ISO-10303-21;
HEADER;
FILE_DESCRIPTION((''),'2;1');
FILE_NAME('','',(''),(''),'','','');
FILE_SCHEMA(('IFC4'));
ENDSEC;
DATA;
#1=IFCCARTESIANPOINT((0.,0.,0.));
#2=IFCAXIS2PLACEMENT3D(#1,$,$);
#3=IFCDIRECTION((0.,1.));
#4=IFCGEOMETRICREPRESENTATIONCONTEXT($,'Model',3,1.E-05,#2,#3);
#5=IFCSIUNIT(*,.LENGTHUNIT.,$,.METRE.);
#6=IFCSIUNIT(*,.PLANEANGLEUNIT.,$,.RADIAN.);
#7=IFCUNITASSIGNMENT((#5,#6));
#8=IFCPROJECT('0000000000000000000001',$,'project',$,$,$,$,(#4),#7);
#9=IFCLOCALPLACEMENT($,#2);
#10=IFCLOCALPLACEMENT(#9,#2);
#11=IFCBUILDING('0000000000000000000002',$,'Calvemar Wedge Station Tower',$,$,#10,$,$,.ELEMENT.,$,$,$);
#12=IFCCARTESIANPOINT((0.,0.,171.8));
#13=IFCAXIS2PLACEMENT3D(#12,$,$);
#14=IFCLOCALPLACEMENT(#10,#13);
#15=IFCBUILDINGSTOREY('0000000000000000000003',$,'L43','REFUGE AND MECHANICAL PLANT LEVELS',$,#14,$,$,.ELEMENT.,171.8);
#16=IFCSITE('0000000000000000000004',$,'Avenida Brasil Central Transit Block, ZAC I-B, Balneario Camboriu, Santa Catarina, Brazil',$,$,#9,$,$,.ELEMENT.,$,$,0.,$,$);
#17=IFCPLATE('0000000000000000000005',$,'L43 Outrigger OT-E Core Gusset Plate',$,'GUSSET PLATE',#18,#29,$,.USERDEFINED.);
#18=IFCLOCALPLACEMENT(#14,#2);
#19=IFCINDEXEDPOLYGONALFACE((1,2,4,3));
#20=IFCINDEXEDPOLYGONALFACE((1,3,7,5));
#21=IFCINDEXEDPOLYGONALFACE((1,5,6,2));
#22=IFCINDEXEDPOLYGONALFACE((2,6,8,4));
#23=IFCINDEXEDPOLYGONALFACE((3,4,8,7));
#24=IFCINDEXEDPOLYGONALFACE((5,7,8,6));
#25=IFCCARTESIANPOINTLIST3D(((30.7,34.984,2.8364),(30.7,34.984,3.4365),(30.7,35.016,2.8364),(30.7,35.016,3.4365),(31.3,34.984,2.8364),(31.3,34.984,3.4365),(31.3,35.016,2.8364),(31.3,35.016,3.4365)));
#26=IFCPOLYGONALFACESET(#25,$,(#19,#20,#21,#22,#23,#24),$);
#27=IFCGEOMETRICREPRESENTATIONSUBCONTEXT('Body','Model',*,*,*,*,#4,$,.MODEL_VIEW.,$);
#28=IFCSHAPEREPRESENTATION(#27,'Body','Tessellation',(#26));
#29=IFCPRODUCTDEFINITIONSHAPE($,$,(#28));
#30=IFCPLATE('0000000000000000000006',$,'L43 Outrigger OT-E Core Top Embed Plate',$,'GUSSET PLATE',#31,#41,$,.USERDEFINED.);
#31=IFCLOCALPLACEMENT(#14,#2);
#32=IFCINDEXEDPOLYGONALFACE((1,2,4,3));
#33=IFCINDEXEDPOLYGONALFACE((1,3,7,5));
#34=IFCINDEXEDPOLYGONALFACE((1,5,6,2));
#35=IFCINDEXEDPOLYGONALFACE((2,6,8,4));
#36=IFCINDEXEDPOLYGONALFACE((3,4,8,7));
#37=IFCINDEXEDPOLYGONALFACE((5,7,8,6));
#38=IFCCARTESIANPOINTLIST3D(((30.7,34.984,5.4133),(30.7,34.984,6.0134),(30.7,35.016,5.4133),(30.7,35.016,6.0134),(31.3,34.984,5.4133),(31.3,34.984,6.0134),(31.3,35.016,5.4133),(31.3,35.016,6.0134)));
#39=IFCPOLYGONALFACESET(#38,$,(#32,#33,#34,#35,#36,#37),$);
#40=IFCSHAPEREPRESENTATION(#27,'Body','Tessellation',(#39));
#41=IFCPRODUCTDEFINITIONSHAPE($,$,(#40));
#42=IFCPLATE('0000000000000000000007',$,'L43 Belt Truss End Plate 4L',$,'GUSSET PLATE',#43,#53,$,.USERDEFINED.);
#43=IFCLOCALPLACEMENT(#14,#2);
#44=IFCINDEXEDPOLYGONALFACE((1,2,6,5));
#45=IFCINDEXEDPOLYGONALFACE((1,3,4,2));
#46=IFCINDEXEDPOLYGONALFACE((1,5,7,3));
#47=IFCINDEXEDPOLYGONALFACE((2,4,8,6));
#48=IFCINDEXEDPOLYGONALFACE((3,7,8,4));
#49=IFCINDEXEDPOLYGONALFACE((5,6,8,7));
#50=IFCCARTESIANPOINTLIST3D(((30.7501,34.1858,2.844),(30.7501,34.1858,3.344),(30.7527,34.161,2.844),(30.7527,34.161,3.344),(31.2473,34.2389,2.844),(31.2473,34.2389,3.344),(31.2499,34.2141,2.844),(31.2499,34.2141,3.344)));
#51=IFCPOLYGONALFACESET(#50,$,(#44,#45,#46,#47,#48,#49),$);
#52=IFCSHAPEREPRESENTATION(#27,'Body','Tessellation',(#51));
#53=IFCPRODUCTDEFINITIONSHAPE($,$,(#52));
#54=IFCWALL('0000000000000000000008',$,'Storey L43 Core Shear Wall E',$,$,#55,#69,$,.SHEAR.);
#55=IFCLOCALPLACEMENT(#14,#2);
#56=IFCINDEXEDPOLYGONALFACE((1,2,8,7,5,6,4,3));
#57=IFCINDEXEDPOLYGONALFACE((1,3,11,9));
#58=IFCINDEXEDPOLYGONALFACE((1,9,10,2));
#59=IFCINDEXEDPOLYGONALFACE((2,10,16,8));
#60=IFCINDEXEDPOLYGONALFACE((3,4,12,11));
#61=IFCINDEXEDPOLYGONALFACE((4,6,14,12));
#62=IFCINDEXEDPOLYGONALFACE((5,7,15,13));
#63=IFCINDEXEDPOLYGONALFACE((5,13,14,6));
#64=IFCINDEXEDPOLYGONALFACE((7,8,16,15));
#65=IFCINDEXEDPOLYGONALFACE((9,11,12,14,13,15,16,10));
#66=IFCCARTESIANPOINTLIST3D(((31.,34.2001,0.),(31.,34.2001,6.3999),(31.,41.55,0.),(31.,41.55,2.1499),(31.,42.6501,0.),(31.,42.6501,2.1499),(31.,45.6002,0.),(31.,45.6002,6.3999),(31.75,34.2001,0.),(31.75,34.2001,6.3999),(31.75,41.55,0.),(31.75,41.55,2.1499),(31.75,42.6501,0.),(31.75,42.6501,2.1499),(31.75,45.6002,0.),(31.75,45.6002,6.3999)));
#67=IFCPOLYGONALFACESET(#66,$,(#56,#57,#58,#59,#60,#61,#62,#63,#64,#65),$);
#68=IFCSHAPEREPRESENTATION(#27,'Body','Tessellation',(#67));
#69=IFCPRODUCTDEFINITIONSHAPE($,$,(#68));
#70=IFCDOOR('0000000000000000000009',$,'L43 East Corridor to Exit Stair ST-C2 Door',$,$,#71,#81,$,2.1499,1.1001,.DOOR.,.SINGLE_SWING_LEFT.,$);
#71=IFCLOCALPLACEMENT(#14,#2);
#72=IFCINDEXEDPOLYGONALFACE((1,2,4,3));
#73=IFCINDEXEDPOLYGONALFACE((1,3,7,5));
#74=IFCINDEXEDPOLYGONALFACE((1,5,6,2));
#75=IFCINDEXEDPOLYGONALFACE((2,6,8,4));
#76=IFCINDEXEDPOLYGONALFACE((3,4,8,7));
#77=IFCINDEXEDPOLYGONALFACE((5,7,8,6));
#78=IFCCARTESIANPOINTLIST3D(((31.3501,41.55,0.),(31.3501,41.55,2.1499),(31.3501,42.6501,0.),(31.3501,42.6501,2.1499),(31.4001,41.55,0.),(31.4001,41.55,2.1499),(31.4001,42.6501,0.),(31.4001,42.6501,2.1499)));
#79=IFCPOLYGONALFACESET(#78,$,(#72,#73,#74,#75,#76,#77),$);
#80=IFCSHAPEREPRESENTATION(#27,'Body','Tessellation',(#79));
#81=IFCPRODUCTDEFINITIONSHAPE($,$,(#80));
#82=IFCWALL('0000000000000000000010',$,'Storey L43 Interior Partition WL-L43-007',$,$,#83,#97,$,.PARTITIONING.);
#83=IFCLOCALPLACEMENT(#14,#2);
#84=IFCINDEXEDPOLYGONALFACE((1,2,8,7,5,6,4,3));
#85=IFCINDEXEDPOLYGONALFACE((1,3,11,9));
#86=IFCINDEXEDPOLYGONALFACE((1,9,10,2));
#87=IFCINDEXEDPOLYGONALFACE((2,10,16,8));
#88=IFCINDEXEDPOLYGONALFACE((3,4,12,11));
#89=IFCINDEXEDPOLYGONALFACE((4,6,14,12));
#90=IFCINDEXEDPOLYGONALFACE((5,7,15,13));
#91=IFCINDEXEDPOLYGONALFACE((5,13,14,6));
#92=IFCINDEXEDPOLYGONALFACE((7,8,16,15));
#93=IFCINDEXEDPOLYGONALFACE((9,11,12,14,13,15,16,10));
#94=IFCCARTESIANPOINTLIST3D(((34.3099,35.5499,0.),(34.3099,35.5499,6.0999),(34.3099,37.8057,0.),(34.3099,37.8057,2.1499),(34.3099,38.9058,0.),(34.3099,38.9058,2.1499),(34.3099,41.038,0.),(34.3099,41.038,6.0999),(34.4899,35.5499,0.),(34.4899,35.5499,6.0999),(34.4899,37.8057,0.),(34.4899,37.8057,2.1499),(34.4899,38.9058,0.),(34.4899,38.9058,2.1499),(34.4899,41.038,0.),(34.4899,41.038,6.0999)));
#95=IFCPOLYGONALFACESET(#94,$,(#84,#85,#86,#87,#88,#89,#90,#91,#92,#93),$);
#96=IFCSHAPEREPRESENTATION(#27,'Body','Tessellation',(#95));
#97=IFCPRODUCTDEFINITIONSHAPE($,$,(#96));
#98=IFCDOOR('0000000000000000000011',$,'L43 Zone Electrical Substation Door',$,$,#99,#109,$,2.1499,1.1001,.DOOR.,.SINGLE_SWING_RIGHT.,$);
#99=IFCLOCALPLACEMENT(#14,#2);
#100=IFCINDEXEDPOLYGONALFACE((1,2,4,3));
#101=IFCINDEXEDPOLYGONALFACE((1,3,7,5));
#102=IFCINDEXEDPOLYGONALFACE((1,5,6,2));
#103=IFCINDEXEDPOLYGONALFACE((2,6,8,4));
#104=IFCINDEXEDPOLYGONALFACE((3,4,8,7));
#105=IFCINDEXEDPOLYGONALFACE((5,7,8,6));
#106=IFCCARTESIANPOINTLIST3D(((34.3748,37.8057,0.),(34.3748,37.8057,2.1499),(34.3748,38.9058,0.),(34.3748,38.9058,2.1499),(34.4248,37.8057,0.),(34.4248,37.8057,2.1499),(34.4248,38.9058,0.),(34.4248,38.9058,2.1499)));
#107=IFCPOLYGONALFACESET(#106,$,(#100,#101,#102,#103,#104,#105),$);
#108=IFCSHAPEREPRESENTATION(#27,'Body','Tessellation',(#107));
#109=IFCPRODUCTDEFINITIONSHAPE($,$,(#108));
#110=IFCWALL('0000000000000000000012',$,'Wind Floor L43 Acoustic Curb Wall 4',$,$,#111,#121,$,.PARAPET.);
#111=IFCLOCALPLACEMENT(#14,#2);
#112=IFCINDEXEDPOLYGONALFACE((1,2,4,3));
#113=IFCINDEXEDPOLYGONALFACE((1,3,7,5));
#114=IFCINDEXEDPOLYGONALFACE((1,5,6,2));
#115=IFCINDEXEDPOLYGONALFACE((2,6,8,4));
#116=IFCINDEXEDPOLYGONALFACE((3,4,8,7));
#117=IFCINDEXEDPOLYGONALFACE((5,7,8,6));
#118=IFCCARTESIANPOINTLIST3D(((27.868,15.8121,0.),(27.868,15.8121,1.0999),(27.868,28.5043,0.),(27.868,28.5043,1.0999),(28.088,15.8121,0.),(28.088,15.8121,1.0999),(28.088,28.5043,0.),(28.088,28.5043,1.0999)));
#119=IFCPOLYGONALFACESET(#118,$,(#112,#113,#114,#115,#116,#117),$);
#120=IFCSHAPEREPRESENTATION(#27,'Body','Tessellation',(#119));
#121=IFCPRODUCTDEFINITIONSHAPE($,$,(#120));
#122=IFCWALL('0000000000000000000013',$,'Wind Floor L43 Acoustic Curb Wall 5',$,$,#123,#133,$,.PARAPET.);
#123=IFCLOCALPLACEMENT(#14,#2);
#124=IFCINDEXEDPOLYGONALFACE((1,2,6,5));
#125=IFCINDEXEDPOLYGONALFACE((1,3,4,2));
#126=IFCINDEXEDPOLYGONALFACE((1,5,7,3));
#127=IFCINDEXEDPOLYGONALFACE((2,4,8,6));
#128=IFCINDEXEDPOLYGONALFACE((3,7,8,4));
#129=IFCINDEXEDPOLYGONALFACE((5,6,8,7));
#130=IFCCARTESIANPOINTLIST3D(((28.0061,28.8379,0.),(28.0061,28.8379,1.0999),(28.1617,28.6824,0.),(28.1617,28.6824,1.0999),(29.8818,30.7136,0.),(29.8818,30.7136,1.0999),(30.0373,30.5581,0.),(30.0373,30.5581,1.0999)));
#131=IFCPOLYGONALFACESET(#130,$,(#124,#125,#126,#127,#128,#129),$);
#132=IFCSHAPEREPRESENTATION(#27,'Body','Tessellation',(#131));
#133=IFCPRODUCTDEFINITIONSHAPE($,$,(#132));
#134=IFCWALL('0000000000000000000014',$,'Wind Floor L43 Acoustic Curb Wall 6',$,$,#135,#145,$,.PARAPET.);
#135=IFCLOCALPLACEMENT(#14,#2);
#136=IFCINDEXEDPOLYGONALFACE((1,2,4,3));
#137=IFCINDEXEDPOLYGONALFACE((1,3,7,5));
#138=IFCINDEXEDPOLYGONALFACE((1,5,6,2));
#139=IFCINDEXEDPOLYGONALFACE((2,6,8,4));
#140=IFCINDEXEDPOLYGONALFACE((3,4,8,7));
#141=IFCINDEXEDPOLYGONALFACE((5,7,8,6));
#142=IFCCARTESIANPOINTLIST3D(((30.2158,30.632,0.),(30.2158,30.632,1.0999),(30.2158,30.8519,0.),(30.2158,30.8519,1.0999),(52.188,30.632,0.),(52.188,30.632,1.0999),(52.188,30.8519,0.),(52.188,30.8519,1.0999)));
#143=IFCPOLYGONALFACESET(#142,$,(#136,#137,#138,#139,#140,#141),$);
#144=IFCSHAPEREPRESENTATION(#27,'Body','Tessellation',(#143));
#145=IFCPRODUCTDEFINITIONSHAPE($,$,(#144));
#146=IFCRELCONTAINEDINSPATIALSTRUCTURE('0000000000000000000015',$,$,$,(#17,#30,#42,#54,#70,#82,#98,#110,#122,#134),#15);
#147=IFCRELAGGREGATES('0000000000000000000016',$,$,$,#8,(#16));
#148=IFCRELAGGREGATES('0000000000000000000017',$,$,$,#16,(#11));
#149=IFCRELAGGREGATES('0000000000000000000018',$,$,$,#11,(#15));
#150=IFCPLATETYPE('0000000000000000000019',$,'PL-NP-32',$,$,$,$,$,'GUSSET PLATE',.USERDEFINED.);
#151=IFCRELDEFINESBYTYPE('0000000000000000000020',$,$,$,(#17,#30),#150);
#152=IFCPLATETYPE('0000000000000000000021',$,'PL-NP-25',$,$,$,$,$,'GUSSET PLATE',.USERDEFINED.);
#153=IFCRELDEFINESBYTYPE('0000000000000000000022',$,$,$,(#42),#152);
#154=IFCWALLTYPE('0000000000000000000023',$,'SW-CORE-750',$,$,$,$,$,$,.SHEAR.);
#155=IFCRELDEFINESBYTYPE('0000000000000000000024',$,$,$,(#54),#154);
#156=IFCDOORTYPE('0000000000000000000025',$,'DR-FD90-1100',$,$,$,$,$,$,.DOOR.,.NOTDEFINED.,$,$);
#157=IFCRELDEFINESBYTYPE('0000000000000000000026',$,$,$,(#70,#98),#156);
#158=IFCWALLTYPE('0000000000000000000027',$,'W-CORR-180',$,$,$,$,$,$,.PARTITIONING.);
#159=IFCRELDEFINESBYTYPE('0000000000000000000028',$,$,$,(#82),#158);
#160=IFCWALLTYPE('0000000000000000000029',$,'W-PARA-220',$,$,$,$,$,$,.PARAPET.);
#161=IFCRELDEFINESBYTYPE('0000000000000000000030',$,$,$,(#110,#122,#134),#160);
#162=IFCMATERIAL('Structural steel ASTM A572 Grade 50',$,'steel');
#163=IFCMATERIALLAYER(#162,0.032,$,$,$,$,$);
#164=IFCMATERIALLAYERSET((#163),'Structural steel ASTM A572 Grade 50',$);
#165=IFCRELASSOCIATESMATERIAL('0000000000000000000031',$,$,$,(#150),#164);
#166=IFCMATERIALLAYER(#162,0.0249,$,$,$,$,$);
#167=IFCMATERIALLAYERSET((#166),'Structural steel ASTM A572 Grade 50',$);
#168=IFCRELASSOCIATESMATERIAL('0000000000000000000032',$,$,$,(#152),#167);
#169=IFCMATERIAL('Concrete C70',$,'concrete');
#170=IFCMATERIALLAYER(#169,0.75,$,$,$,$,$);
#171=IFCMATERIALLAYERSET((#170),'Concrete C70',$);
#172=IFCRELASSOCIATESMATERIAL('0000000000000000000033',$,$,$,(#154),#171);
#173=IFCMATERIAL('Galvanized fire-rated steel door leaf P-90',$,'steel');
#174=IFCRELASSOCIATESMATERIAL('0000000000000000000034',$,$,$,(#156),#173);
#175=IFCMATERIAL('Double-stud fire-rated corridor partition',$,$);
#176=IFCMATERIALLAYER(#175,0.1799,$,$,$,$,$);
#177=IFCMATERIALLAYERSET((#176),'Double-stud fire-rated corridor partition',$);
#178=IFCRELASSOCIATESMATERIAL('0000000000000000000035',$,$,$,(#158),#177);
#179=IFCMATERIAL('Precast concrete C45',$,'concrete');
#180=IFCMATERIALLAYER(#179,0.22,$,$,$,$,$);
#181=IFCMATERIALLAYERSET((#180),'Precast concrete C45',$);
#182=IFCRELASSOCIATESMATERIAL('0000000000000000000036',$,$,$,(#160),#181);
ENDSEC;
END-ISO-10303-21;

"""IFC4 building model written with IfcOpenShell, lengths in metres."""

from ifc_helpers import new_model, si_unit, direction, frame, frame_2d, origin, origin_2d, place, context, subcontext, project, spatial, rectangle, extrude, source, transform, mapped, material, layer, layer_set, type_object, element, fill, save


model = new_model("IFC4")

# Units and contexts
model_context = context("Model", 3, precision=1e-05, world=origin(), true_north=direction((0.0, 1.0)))
body_context = subcontext(model_context, "Body", "Model", "MODEL_VIEW")
ifc_project = project(units=[si_unit("LENGTHUNIT", "METRE"), si_unit("PLANEANGLEUNIT", "RADIAN")], contexts=[model_context])

# Site, building, storey
site_placement = place(None, origin())
site = spatial("IfcSite", under=ifc_project, at=site_placement, Name="Avenida Brasil Central Transit Block, ZAC I-B, Balneario Camboriu, Santa Catarina, Brazil", CompositionType="ELEMENT", RefElevation=0.0)
building_placement = place(site_placement, origin())
building = spatial("IfcBuilding", under=site, at=building_placement, Name="Calvemar Wedge Station Tower", CompositionType="ELEMENT")
storey_placement = place(building_placement, frame((0.0, 0.0, 171.8)))
storey = spatial("IfcBuildingStorey", under=building, at=storey_placement, Name="L43", Description="REFUGE AND MECHANICAL PLANT LEVELS", CompositionType="ELEMENT", Elevation=171.8)

# Shared definitions
ifc_material_1 = material(Name="Structural steel ASTM A572 Grade 50", Category="steel")

# Plates
ifc_layer_1 = layer(ifc_material_1, 0.032)
ifc_layer_set_1 = layer_set([ifc_layer_1], Name="Structural steel ASTM A572 Grade 50")
plate_type_1 = type_object("IfcPlateType", Name="PL-NP-32", ElementType="GUSSET PLATE", PredefinedType="USERDEFINED", material=ifc_layer_set_1)
shared_shape_1 = source(origin(), body_context, "Body", "SweptSolid", [
    extrude(rectangle(XDim=0.6001, YDim=0.032, at=origin_2d()), origin(), (0.0, 0.0, 1.0), 0.6001),
])
for number, where, z_axis, x_axis, name in (
    (1, (31.0, 35.0, 2.8364), (0.0, 0.0, 1.0), (1.0, 0.0, 0.0), "L43 Outrigger OT-E Core Gusset Plate"),
    (2, (31.0, 35.0, 5.4133), (0.0, 0.0, 1.0), (1.0, 0.0, 0.0), "L43 Outrigger OT-E Core Top Embed Plate"),
):
    element("IfcPlate", number, at=place(storey_placement, frame(where, z_axis=z_axis, x_axis=x_axis)), inside=storey, type_object=plate_type_1, Name=name, ObjectType="GUSSET PLATE", PredefinedType="USERDEFINED", context=body_context, shape_type="MappedRepresentation", body=[
        mapped(shared_shape_1, transform((0.0, 0.0, 0.0), scale=1.0)),
    ])
ifc_layer_2 = layer(ifc_material_1, 0.0249)
ifc_layer_set_2 = layer_set([ifc_layer_2], Name="Structural steel ASTM A572 Grade 50")
plate_type_2 = type_object("IfcPlateType", Name="PL-NP-25", ElementType="GUSSET PLATE", PredefinedType="USERDEFINED", material=ifc_layer_set_2)
shared_shape_2 = source(origin(), body_context, "Body", "SweptSolid", [
    extrude(rectangle(XDim=0.5, YDim=0.0249, at=origin_2d()), origin(), (0.0, 0.0, 1.0), 0.5),
])
plate_placement = place(storey_placement, frame((31.0, 34.2, 2.844), z_axis=(0.0, 0.0, 1.0), x_axis=(0.994356, 0.106091, 0.0)))
element("IfcPlate", 3, at=plate_placement, inside=storey, type_object=plate_type_2, Name="L43 Belt Truss End Plate 4L", ObjectType="GUSSET PLATE", PredefinedType="USERDEFINED", context=body_context, shape_type="MappedRepresentation", body=[
    mapped(shared_shape_2, transform((0.0, 0.0, 0.0), scale=1.0)),
])

# Walls, openings, doors
ifc_material_2 = material(Name="Concrete C70", Category="concrete")
ifc_layer_3 = layer(ifc_material_2, 0.75)
ifc_layer_set_3 = layer_set([ifc_layer_3], Name="Concrete C70")
wall_type_1 = type_object("IfcWallType", Name="SW-CORE-750", PredefinedType="SHEAR", material=ifc_layer_set_3)
wall_1_placement = place(storey_placement, frame((31.375, 34.2, 0.0), z_axis=(0.0, 0.0, 1.0), x_axis=(0.0, 1.0, 0.0)))
wall_1 = element("IfcWall", 4, at=wall_1_placement, inside=storey, type_object=wall_type_1, Name="Storey L43 Core Shear Wall E", PredefinedType="SHEAR", context=body_context, shape_type="SweptSolid", body=[
    extrude(rectangle(XDim=11.4001, YDim=0.75, at=frame_2d((5.7002, 0.0))), origin(), (0.0, 0.0, 1.0), 6.3999),
])
shared_shape_3 = source(origin(), body_context, "Body", "SweptSolid", [
    extrude(rectangle(XDim=1.1001, YDim=2.1499, at=frame_2d((0.55, 1.075))), frame((0.0, 0.385, 0.0), z_axis=(0.0, -1.0, 0.0), x_axis=(1.0, 0.0, 0.0)), (0.0, 0.0, 1.0), 0.77),
])
opening_1_placement = place(wall_1_placement, frame((7.3501, 0.0, 0.0)))
opening_1 = element("IfcOpeningElement", 5, at=opening_1_placement, cuts=wall_1, PredefinedType="OPENING", context=body_context, shape_type="MappedRepresentation", body=[
    mapped(shared_shape_3, transform((0.0, 0.0, 0.0), scale=1.0)),
])
ifc_material_3 = material(Name="Galvanized fire-rated steel door leaf P-90", Category="steel")
door_type_1 = type_object("IfcDoorType", Name="DR-FD90-1100", OperationType="NOTDEFINED", PredefinedType="DOOR", material=ifc_material_3)
shared_shape_4 = source(origin(), body_context, "Body", "SweptSolid", [
    extrude(rectangle(XDim=1.1001, YDim=2.1499, at=frame_2d((0.55, 1.075))), frame((0.0, 0.0249, 0.0), z_axis=(0.0, -1.0, 0.0), x_axis=(1.0, 0.0, 0.0)), (0.0, 0.0, 1.0), 0.05),
])
door_1_placement = place(opening_1_placement, origin())
door_1 = element("IfcDoor", 6, at=door_1_placement, inside=storey, type_object=door_type_1, Name="L43 East Corridor to Exit Stair ST-C2 Door", OperationType="SINGLE_SWING_LEFT", OverallHeight=2.1499, OverallWidth=1.1001, PredefinedType="DOOR", context=body_context, shape_type="MappedRepresentation", body=[
    mapped(shared_shape_4, transform((0.0, 0.0, 0.0), scale=1.0)),
])
fill(opening_1, door_1)
ifc_material_4 = material(Name="Double-stud fire-rated corridor partition")
ifc_layer_4 = layer(ifc_material_4, 0.1799)
ifc_layer_set_4 = layer_set([ifc_layer_4], Name="Double-stud fire-rated corridor partition")
wall_type_2 = type_object("IfcWallType", Name="W-CORR-180", PredefinedType="PARTITIONING", material=ifc_layer_set_4)
wall_2_placement = place(storey_placement, frame((34.3999, 41.0381, 0.0), z_axis=(0.0, 0.0, 1.0), x_axis=(0.0, -1.0, 0.0)))
wall_2 = element("IfcWall", 7, at=wall_2_placement, inside=storey, type_object=wall_type_2, Name="Storey L43 Interior Partition WL-L43-007", PredefinedType="PARTITIONING", context=body_context, shape_type="SweptSolid", body=[
    extrude(rectangle(XDim=5.488, YDim=0.1799, at=frame_2d((2.7441, 0.0))), origin(), (0.0, 0.0, 1.0), 6.0999),
])
shared_shape_5 = source(origin(), body_context, "Body", "SweptSolid", [
    extrude(rectangle(XDim=1.1001, YDim=2.1499, at=frame_2d((0.55, 1.075))), frame((0.0, 0.1001, 0.0), z_axis=(0.0, -1.0, 0.0), x_axis=(1.0, 0.0, 0.0)), (0.0, 0.0, 1.0), 0.2),
])
opening_2_placement = place(wall_2_placement, frame((2.1323, 0.0, 0.0)))
opening_2 = element("IfcOpeningElement", 8, at=opening_2_placement, cuts=wall_2, PredefinedType="OPENING", context=body_context, shape_type="MappedRepresentation", body=[
    mapped(shared_shape_5, transform((0.0, 0.0, 0.0), scale=1.0)),
])
door_2_placement = place(opening_2_placement, origin())
door_2 = element("IfcDoor", 9, at=door_2_placement, inside=storey, type_object=door_type_1, Name="L43 Zone Electrical Substation Door", OperationType="SINGLE_SWING_RIGHT", OverallHeight=2.1499, OverallWidth=1.1001, PredefinedType="DOOR", context=body_context, shape_type="MappedRepresentation", body=[
    mapped(shared_shape_4, transform((0.0, 0.0, 0.0), scale=1.0)),
])
fill(opening_2, door_2)

# Walls
ifc_material_5 = material(Name="Precast concrete C45", Category="concrete")
ifc_layer_5 = layer(ifc_material_5, 0.22)
ifc_layer_set_5 = layer_set([ifc_layer_5], Name="Precast concrete C45")
wall_type_3 = type_object("IfcWallType", Name="W-PARA-220", PredefinedType="PARAPET", material=ifc_layer_set_5)
wall_3_placement = place(storey_placement, frame((27.978, 15.812, 0.0), z_axis=(0.0, 0.0, 1.0), x_axis=(0.0, 1.0, 0.0)))
element("IfcWall", 10, at=wall_3_placement, inside=storey, type_object=wall_type_3, Name="Wind Floor L43 Acoustic Curb Wall 4", PredefinedType="PARAPET", context=body_context, shape_type="SweptSolid", body=[
    extrude(rectangle(XDim=12.6921, YDim=0.22, at=frame_2d((6.3462, 0.0))), origin(), (0.0, 0.0, 1.0), 1.0999),
])
wall_4_placement = place(storey_placement, frame((28.084, 28.7603, 0.0), z_axis=(0.0, 0.0, 1.0), x_axis=(0.707107, 0.707107, 0.0)))
element("IfcWall", 11, at=wall_4_placement, inside=storey, type_object=wall_type_3, Name="Wind Floor L43 Acoustic Curb Wall 5", PredefinedType="PARAPET", context=body_context, shape_type="SweptSolid", body=[
    extrude(rectangle(XDim=2.6526, YDim=0.22, at=frame_2d((1.3262, 0.0))), origin(), (0.0, 0.0, 1.0), 1.0999),
])
wall_5_placement = place(storey_placement, frame((30.2158, 30.7419, 0.0), z_axis=(0.0, 0.0, 1.0), x_axis=(1.0, 0.0, 0.0)))
element("IfcWall", 12, at=wall_5_placement, inside=storey, type_object=wall_type_3, Name="Wind Floor L43 Acoustic Curb Wall 6", PredefinedType="PARAPET", context=body_context, shape_type="SweptSolid", body=[
    extrude(rectangle(XDim=21.9722, YDim=0.22, at=frame_2d((10.9861, 0.0))), origin(), (0.0, 0.0, 1.0), 1.0999),
])

save(model, "model.ifc")
